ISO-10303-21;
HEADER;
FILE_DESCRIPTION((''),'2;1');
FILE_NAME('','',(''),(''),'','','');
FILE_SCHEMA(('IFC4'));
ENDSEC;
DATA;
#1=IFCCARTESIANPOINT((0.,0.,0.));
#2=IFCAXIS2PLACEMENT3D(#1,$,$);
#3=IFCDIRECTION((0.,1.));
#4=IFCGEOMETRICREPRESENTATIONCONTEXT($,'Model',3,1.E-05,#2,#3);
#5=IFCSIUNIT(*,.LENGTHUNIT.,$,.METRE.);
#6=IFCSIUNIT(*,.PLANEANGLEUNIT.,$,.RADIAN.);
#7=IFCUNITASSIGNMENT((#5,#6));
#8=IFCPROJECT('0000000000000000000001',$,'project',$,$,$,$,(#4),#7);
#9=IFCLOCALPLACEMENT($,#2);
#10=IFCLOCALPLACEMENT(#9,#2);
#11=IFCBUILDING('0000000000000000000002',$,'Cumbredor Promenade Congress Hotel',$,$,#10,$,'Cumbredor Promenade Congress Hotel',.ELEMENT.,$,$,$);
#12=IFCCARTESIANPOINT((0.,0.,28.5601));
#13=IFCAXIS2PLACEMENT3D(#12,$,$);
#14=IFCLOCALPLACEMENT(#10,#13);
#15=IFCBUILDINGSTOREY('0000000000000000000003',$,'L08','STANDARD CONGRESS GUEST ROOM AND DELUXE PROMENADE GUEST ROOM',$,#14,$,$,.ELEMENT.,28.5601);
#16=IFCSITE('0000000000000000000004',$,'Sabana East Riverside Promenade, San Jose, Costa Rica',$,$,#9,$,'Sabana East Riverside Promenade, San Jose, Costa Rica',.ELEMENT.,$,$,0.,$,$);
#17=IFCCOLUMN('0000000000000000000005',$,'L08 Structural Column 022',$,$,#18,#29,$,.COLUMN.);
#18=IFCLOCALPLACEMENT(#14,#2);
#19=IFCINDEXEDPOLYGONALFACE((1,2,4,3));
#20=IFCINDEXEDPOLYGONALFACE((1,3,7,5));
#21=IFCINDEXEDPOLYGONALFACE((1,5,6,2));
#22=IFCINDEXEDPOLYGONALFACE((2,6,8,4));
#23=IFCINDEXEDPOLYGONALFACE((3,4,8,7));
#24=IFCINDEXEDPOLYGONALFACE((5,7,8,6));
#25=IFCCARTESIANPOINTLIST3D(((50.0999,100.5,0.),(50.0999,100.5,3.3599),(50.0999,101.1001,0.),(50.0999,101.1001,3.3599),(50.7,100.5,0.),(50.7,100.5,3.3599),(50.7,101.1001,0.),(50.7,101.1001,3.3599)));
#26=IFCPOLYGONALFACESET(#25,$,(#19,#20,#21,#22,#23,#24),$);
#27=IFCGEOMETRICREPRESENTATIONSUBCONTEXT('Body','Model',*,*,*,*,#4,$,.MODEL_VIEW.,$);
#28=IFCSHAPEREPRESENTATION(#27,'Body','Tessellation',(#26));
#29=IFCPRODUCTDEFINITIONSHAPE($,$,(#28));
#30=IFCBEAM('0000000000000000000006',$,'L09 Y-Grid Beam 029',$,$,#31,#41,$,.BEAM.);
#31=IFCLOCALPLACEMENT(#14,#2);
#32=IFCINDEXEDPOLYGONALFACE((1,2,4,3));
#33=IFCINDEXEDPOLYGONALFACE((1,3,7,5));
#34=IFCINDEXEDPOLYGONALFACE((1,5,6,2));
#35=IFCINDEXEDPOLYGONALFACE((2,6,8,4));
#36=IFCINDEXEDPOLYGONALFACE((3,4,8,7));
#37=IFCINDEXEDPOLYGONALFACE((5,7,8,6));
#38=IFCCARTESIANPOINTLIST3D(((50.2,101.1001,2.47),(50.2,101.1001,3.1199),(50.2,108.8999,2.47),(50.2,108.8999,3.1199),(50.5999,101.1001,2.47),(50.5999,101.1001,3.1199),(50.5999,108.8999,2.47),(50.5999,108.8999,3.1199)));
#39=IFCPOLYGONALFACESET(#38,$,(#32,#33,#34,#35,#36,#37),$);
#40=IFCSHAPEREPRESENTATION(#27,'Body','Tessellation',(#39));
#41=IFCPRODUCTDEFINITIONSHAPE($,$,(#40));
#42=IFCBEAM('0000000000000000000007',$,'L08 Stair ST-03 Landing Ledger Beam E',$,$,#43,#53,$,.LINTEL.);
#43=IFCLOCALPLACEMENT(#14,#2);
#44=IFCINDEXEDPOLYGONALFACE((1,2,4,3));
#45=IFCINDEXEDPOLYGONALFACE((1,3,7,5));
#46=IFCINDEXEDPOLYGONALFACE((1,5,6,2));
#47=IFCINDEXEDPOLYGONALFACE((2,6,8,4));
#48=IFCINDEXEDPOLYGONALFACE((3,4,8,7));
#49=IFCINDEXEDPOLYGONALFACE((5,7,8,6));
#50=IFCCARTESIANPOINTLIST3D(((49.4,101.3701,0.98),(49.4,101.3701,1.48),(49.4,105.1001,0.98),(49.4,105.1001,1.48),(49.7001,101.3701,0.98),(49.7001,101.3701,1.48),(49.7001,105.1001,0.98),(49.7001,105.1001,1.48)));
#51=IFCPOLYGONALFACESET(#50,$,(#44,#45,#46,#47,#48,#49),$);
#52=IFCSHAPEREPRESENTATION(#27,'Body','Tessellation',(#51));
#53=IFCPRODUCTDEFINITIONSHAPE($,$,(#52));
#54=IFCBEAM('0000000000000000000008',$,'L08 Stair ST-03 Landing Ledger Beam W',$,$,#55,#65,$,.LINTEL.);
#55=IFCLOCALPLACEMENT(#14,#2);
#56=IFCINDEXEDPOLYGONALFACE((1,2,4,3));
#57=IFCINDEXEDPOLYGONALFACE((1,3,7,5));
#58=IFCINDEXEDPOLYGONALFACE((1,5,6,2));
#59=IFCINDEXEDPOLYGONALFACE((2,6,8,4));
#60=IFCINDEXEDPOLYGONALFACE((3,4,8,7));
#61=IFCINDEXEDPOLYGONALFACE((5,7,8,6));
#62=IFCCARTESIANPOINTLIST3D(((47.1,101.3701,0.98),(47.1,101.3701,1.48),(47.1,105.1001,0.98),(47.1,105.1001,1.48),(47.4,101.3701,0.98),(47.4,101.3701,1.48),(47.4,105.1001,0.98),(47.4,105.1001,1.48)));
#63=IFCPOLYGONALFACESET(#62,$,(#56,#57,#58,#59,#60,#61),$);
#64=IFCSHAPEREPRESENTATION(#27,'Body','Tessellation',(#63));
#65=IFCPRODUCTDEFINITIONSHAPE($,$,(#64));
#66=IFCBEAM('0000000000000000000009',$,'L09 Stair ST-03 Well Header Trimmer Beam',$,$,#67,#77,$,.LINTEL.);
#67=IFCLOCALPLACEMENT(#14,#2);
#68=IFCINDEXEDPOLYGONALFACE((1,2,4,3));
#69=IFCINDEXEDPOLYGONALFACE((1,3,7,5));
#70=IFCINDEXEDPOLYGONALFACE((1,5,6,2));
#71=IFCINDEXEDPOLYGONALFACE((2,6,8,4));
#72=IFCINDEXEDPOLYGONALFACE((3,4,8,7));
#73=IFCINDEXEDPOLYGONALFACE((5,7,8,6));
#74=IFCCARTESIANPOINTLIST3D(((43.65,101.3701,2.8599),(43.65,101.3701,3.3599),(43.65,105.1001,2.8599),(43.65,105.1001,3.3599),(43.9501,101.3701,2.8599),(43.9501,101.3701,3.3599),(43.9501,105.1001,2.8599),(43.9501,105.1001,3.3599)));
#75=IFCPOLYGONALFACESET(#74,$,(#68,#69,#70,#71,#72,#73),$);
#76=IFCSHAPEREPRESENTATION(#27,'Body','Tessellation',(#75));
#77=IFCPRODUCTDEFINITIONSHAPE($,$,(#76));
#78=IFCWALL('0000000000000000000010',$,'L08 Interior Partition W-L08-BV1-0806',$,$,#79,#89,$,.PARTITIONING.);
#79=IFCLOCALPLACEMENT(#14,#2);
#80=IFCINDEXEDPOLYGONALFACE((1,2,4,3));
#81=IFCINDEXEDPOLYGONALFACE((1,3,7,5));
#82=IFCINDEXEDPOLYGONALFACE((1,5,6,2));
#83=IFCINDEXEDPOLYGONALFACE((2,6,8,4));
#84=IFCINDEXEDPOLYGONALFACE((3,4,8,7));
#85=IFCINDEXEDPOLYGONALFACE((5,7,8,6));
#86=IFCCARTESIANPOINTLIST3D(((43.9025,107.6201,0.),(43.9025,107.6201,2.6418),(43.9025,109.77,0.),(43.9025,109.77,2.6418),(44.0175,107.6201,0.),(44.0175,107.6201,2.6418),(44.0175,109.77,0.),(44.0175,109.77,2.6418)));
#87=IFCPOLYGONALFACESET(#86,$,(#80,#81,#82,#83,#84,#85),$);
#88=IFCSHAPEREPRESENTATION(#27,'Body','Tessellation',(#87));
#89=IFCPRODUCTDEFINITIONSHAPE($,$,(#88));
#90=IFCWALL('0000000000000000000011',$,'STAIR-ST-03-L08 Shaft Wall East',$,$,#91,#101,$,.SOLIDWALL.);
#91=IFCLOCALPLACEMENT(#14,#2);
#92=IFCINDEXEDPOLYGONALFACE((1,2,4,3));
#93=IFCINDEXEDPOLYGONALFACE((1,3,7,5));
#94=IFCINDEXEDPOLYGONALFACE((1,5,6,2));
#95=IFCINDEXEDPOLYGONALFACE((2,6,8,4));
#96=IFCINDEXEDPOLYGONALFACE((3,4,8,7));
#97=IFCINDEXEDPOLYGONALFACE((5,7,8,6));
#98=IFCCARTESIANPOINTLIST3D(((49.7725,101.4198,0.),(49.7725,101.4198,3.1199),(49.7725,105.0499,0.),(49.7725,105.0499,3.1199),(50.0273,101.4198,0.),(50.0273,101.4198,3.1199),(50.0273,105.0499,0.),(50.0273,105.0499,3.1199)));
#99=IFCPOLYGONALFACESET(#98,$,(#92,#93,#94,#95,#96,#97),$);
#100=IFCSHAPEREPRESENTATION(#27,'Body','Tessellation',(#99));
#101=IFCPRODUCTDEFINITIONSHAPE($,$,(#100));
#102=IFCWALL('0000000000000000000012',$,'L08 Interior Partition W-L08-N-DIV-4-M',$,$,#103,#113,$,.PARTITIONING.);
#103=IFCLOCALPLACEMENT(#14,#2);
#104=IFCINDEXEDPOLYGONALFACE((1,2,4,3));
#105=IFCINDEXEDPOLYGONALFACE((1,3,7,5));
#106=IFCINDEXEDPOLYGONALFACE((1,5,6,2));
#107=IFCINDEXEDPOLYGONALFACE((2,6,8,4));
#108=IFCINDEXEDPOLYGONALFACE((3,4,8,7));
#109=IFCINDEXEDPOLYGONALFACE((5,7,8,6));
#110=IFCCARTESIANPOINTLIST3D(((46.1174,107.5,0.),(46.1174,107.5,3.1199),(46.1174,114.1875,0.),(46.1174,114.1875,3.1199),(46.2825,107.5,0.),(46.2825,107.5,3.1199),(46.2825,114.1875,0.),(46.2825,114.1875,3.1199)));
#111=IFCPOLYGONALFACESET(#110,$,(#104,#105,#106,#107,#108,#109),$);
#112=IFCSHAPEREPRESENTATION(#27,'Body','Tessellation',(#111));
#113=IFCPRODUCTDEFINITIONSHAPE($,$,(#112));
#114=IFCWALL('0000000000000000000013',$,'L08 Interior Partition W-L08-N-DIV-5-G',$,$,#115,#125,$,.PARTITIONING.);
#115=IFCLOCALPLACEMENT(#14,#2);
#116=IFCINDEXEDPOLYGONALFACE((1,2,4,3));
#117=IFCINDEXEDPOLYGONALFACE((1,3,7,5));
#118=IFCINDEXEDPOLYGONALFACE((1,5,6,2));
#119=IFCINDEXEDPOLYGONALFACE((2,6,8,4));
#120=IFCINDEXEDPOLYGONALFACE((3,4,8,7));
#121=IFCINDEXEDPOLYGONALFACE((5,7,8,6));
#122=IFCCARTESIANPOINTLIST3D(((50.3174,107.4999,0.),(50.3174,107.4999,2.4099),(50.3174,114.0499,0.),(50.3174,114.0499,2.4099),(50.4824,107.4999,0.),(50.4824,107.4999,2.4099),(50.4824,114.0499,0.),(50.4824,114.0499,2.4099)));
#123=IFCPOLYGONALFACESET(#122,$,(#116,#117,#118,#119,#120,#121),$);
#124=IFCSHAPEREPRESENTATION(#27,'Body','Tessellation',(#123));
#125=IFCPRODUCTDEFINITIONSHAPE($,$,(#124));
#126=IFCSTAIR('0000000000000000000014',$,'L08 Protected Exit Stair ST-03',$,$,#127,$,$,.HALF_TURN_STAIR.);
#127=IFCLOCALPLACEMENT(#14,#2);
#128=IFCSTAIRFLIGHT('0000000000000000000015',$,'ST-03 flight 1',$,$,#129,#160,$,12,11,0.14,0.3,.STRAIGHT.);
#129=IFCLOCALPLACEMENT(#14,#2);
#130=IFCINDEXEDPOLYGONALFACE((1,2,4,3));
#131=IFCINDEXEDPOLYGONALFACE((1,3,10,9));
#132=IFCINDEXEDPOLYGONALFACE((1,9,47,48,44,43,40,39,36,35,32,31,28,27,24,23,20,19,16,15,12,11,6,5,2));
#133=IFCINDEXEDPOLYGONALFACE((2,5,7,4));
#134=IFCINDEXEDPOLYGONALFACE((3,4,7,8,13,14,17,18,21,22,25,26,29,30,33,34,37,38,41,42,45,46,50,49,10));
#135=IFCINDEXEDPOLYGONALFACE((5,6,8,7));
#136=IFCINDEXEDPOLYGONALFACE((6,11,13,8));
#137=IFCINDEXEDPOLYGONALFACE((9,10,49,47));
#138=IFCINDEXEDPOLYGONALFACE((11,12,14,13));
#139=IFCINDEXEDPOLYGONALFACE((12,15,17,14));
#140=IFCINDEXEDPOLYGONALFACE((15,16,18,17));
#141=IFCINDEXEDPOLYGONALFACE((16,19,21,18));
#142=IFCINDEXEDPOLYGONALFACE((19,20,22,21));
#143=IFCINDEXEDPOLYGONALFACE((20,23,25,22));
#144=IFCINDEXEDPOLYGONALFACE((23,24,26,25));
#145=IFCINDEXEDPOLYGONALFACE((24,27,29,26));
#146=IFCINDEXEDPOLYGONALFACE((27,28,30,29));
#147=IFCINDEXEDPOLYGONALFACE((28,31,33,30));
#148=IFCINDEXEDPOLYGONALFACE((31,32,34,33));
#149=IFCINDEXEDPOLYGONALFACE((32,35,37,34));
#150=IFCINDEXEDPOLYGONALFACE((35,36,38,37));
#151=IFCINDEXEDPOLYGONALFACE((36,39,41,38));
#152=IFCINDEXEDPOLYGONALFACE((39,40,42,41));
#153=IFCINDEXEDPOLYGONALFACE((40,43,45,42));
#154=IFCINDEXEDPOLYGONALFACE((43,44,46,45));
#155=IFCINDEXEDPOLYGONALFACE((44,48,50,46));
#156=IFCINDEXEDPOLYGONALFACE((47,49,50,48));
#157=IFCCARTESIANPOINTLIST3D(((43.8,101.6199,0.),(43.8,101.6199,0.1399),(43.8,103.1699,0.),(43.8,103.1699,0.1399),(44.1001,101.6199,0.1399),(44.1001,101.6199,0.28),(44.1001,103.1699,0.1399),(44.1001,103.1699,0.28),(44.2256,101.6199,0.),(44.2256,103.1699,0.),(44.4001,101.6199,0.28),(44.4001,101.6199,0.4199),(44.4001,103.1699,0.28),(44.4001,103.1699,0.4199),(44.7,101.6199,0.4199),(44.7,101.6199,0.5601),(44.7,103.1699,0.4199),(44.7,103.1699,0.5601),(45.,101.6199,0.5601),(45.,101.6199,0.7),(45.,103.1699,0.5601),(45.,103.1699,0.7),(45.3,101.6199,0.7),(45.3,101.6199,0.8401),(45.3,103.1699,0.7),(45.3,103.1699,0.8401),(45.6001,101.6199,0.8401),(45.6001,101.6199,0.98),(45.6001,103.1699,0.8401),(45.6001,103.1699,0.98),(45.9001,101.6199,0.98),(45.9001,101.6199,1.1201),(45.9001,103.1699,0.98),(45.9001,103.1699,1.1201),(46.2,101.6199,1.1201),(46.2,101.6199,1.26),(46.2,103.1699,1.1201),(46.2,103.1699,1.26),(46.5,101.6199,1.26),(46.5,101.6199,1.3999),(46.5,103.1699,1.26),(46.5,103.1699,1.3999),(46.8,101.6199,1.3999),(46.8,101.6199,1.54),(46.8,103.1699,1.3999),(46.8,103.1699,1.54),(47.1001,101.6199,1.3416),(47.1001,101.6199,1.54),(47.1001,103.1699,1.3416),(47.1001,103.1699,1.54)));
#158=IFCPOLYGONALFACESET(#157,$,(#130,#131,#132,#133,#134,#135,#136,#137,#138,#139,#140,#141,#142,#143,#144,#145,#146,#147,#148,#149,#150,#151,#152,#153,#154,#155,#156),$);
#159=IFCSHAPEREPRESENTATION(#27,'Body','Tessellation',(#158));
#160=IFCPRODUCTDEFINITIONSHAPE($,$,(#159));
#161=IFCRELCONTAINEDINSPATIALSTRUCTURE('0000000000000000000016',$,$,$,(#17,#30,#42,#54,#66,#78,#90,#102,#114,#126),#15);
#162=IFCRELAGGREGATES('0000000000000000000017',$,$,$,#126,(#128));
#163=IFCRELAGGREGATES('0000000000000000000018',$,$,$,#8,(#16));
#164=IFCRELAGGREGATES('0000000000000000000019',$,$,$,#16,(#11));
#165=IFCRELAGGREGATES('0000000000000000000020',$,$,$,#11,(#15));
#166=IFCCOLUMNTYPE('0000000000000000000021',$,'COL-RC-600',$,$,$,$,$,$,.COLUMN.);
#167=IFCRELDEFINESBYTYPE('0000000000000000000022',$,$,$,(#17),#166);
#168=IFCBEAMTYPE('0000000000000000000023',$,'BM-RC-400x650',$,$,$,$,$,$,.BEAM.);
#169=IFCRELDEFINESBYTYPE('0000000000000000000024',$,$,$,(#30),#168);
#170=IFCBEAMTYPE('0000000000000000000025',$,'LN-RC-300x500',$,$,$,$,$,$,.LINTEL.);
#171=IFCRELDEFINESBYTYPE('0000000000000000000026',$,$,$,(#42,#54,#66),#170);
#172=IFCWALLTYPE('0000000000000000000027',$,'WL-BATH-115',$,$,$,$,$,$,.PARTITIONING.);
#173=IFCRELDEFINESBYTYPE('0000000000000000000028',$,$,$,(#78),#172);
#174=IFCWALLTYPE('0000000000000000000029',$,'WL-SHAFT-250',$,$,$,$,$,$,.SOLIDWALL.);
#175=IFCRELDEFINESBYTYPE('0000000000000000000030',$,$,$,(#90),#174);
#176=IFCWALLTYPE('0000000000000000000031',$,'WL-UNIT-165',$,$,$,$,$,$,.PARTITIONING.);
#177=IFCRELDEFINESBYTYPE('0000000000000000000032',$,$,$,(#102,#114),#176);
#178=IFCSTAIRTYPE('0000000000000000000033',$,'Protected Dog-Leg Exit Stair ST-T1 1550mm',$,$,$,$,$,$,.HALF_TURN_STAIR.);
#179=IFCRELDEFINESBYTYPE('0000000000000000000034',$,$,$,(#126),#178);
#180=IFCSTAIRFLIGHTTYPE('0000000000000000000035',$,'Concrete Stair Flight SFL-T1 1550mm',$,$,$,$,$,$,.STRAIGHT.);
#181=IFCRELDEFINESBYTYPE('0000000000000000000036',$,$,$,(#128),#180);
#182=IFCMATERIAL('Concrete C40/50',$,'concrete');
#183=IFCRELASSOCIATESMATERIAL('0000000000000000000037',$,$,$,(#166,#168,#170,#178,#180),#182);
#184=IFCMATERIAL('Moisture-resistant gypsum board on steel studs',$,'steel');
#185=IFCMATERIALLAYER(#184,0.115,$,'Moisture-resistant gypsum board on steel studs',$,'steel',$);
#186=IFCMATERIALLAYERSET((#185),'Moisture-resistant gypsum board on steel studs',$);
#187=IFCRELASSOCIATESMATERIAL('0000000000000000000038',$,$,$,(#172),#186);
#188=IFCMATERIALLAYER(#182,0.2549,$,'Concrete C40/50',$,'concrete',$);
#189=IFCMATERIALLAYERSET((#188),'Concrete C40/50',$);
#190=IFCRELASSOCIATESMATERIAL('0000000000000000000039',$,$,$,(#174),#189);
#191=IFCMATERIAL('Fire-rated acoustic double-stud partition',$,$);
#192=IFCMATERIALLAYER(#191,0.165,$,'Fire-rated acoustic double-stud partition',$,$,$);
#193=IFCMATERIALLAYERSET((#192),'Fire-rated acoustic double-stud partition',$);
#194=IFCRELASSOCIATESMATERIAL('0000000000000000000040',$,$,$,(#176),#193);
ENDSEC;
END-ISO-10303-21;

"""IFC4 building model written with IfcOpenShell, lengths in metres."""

from ifc_helpers import new_model, si_unit, direction, frame, frame_2d, origin, origin_2d, place, context, subcontext, project, spatial, polyline, rectangle, outline, extrude, material, layer, layer_set, material_profile, profile_set, type_object, element, aggregate, save


model = new_model("IFC4")

# Units and contexts
model_context = context("Model", 3, precision=1e-05, world=origin(), true_north=direction((0.0, 1.0)))
body_context = subcontext(model_context, "Body", "Model", "MODEL_VIEW")
ifc_project = project(units=[si_unit("LENGTHUNIT", "METRE"), si_unit("PLANEANGLEUNIT", "RADIAN")], contexts=[model_context])

# Site, building, storey
site_placement = place(None, origin())
site = spatial("IfcSite", under=ifc_project, at=site_placement, Name="Sabana East Riverside Promenade, San Jose, Costa Rica", LongName="Sabana East Riverside Promenade, San Jose, Costa Rica", CompositionType="ELEMENT", RefElevation=0.0)
building_placement = place(site_placement, origin())
building = spatial("IfcBuilding", under=site, at=building_placement, Name="Cumbredor Promenade Congress Hotel", LongName="Cumbredor Promenade Congress Hotel", CompositionType="ELEMENT")
storey_placement = place(building_placement, frame((0.0, 0.0, 28.5601)))
storey = spatial("IfcBuildingStorey", under=building, at=storey_placement, Name="L08", Description="STANDARD CONGRESS GUEST ROOM AND DELUXE PROMENADE GUEST ROOM", CompositionType="ELEMENT", Elevation=28.5601)

# Column
ifc_material_1 = material(Name="Concrete C40/50", Category="concrete")
ifc_material_profile_1 = material_profile(ifc_material_1, rectangle(XDim=0.6001, YDim=0.6001, at=origin_2d()), Name="RC 600x600")
ifc_profile_set_1 = profile_set([ifc_material_profile_1], Name="Concrete C40/50")
column_type = type_object("IfcColumnType", Name="COL-RC-600", PredefinedType="COLUMN", material=ifc_profile_set_1)
column_placement = place(storey_placement, frame((50.3999, 100.8, 0.0), z_axis=(0.0, 0.0, 1.0), x_axis=(1.0, 0.0, 0.0)))
element("IfcColumn", 1, at=column_placement, inside=storey, type_object=column_type, Name="L08 Structural Column 022", PredefinedType="COLUMN", context=body_context, shape_type="SweptSolid", body=[
    extrude(rectangle(XDim=0.6001, YDim=0.6001, at=origin_2d()), origin(), (0.0, 0.0, 1.0), 3.3599),
])

# Beams
ifc_material_profile_2 = material_profile(ifc_material_1, rectangle(XDim=0.3999, YDim=0.6499, at=origin_2d()), Name="RC BEAM 400x650")
ifc_profile_set_2 = profile_set([ifc_material_profile_2], Name="Concrete C40/50")
beam_type_1 = type_object("IfcBeamType", Name="BM-RC-400x650", PredefinedType="BEAM", material=ifc_profile_set_2)
beam_placement = place(storey_placement, frame((50.3999, 101.1001, 2.7949), z_axis=(0.0, 1.0, 0.0), x_axis=(-1.0, 0.0, 0.0)))
element("IfcBeam", 2, at=beam_placement, inside=storey, type_object=beam_type_1, Name="L09 Y-Grid Beam 029", PredefinedType="BEAM", context=body_context, shape_type="SweptSolid", body=[
    extrude(rectangle(XDim=0.3999, YDim=0.6499, at=origin_2d()), origin(), (0.0, 0.0, 1.0), 7.7998),
])
ifc_material_profile_3 = material_profile(ifc_material_1, rectangle(XDim=0.3, YDim=0.5, at=origin_2d()), Name="RC LINTEL 300x500")
ifc_profile_set_3 = profile_set([ifc_material_profile_3], Name="Concrete C40/50")
beam_type_2 = type_object("IfcBeamType", Name="LN-RC-300x500", PredefinedType="LINTEL", material=ifc_profile_set_3)
for number, where, z_axis, x_axis, name in (
    (3, (49.55, 101.3701, 1.23), (0.0, 1.0, 0.0), (-1.0, 0.0, 0.0), "L08 Stair ST-03 Landing Ledger Beam E"),
    (4, (47.25, 101.3701, 1.23), (0.0, 1.0, 0.0), (-1.0, 0.0, 0.0), "L08 Stair ST-03 Landing Ledger Beam W"),
    (5, (43.8, 101.3701, 3.1099), (0.0, 1.0, 0.0), (-1.0, 0.0, 0.0), "L09 Stair ST-03 Well Header Trimmer Beam"),
):
    element("IfcBeam", number, at=place(storey_placement, frame(where, z_axis=z_axis, x_axis=x_axis)), inside=storey, type_object=beam_type_2, Name=name, PredefinedType="LINTEL", context=body_context, shape_type="SweptSolid", body=[
        extrude(rectangle(XDim=0.3, YDim=0.5, at=origin_2d()), origin(), (0.0, 0.0, 1.0), 3.73),
    ])

# Walls
ifc_material_2 = material(Name="Moisture-resistant gypsum board on steel studs", Category="steel")
ifc_layer_1 = layer(ifc_material_2, 0.115, Name="Moisture-resistant gypsum board on steel studs", Category="steel")
ifc_layer_set_1 = layer_set([ifc_layer_1], Name="Moisture-resistant gypsum board on steel studs")
wall_type_1 = type_object("IfcWallType", Name="WL-BATH-115", PredefinedType="PARTITIONING", material=ifc_layer_set_1)
wall_1_placement = place(storey_placement, frame((43.96, 107.6201, 0.0), z_axis=(0.0, 0.0, 1.0), x_axis=(0.0, 1.0, 0.0)))
element("IfcWall", 6, at=wall_1_placement, inside=storey, type_object=wall_type_1, Name="L08 Interior Partition W-L08-BV1-0806", PredefinedType="PARTITIONING", context=body_context, shape_type="SweptSolid", body=[
    extrude(rectangle(XDim=2.1499, YDim=0.115, at=frame_2d((1.075, 0.0))), origin(), (0.0, 0.0, 1.0), 2.6418),
])
ifc_layer_2 = layer(ifc_material_1, 0.2549, Name="Concrete C40/50", Category="concrete")
ifc_layer_set_2 = layer_set([ifc_layer_2], Name="Concrete C40/50")
wall_type_2 = type_object("IfcWallType", Name="WL-SHAFT-250", PredefinedType="SOLIDWALL", material=ifc_layer_set_2)
wall_2_placement = place(storey_placement, frame((49.8999, 101.4199, 0.0), z_axis=(0.0, 0.0, 1.0), x_axis=(0.0, 1.0, 0.0)))
element("IfcWall", 7, at=wall_2_placement, inside=storey, type_object=wall_type_2, Name="STAIR-ST-03-L08 Shaft Wall East", PredefinedType="SOLIDWALL", context=body_context, shape_type="SweptSolid", body=[
    extrude(rectangle(XDim=3.6301, YDim=0.2549, at=frame_2d((1.8149, 0.0))), origin(), (0.0, 0.0, 1.0), 3.1199),
])
ifc_material_3 = material(Name="Fire-rated acoustic double-stud partition")
ifc_layer_3 = layer(ifc_material_3, 0.165, Name="Fire-rated acoustic double-stud partition")
ifc_layer_set_3 = layer_set([ifc_layer_3], Name="Fire-rated acoustic double-stud partition")
wall_type_3 = type_object("IfcWallType", Name="WL-UNIT-165", PredefinedType="PARTITIONING", material=ifc_layer_set_3)
wall_3_placement = place(storey_placement, frame((46.2, 107.5, 0.0), z_axis=(0.0, 0.0, 1.0), x_axis=(0.0, 1.0, 0.0)))
element("IfcWall", 8, at=wall_3_placement, inside=storey, type_object=wall_type_3, Name="L08 Interior Partition W-L08-N-DIV-4-M", PredefinedType="PARTITIONING", context=body_context, shape_type="SweptSolid", body=[
    extrude(rectangle(XDim=6.6875, YDim=0.165, at=frame_2d((3.3438, 0.0))), origin(), (0.0, 0.0, 1.0), 3.1199),
])
wall_4_placement = place(storey_placement, frame((50.3999, 107.5, 0.0), z_axis=(0.0, 0.0, 1.0), x_axis=(0.0, 1.0, 0.0)))
element("IfcWall", 9, at=wall_4_placement, inside=storey, type_object=wall_type_3, Name="L08 Interior Partition W-L08-N-DIV-5-G", PredefinedType="PARTITIONING", context=body_context, shape_type="SweptSolid", body=[
    extrude(rectangle(XDim=6.55, YDim=0.165, at=frame_2d((3.2749, 0.0))), origin(), (0.0, 0.0, 1.0), 2.4099),
])

# Stair, stair flight
stair_type = type_object("IfcStairType", Name="Protected Dog-Leg Exit Stair ST-T1 1550mm", PredefinedType="HALF_TURN_STAIR", material=ifc_material_1)
stair_placement = place(storey_placement, origin())
stair = element("IfcStair", 10, at=stair_placement, inside=storey, type_object=stair_type, Name="L08 Protected Exit Stair ST-03", PredefinedType="HALF_TURN_STAIR")
stair_flight_type = type_object("IfcStairFlightType", Name="Concrete Stair Flight SFL-T1 1550mm", PredefinedType="STRAIGHT", material=ifc_material_1)
stair_flight_1_placement = place(storey_placement, frame((43.8, 102.395, 0.0), z_axis=(0.0, 0.0, 1.0), x_axis=(1.0, 0.0, 0.0)))
stair_flight_1 = element("IfcStairFlight", 11, at=stair_flight_1_placement, type_object=stair_flight_type, Name="ST-03 flight 1", NumberOfRisers=12, NumberOfTreads=11, PredefinedType="STRAIGHT", RiserHeight=0.14, TreadLength=0.3, context=body_context, shape_type="SweptSolid", body=[
    extrude(outline(polyline([(0.0, 0.0), (0.0, 0.1399), (0.3, 0.1399), (0.3, 0.28), (0.6001, 0.28), (0.6001, 0.4199), (0.8999, 0.4199), (0.8999, 0.5601), (1.2, 0.5601), (1.2, 0.7), (1.5, 0.7), (1.5, 0.8401), (1.8, 0.8401), (1.8, 0.98), (2.1001, 0.98), (2.1001, 1.1201), (2.3999, 1.1201), (2.3999, 1.26), (2.7, 1.26), (2.7, 1.3999), (3.0, 1.3999), (3.0, 1.54), (3.3, 1.54), (3.3, 1.6799), (3.3, 1.3416), (0.4255, 0.0), (0.0, 0.0)])), frame((0.0, 0.7749, 0.0), z_axis=(0.0, -1.0, 0.0), x_axis=(1.0, 0.0, 0.0)), (0.0, 0.0, 1.0), 1.55),
])
aggregate(stair, [stair_flight_1])

save(model, "model.ifc")
